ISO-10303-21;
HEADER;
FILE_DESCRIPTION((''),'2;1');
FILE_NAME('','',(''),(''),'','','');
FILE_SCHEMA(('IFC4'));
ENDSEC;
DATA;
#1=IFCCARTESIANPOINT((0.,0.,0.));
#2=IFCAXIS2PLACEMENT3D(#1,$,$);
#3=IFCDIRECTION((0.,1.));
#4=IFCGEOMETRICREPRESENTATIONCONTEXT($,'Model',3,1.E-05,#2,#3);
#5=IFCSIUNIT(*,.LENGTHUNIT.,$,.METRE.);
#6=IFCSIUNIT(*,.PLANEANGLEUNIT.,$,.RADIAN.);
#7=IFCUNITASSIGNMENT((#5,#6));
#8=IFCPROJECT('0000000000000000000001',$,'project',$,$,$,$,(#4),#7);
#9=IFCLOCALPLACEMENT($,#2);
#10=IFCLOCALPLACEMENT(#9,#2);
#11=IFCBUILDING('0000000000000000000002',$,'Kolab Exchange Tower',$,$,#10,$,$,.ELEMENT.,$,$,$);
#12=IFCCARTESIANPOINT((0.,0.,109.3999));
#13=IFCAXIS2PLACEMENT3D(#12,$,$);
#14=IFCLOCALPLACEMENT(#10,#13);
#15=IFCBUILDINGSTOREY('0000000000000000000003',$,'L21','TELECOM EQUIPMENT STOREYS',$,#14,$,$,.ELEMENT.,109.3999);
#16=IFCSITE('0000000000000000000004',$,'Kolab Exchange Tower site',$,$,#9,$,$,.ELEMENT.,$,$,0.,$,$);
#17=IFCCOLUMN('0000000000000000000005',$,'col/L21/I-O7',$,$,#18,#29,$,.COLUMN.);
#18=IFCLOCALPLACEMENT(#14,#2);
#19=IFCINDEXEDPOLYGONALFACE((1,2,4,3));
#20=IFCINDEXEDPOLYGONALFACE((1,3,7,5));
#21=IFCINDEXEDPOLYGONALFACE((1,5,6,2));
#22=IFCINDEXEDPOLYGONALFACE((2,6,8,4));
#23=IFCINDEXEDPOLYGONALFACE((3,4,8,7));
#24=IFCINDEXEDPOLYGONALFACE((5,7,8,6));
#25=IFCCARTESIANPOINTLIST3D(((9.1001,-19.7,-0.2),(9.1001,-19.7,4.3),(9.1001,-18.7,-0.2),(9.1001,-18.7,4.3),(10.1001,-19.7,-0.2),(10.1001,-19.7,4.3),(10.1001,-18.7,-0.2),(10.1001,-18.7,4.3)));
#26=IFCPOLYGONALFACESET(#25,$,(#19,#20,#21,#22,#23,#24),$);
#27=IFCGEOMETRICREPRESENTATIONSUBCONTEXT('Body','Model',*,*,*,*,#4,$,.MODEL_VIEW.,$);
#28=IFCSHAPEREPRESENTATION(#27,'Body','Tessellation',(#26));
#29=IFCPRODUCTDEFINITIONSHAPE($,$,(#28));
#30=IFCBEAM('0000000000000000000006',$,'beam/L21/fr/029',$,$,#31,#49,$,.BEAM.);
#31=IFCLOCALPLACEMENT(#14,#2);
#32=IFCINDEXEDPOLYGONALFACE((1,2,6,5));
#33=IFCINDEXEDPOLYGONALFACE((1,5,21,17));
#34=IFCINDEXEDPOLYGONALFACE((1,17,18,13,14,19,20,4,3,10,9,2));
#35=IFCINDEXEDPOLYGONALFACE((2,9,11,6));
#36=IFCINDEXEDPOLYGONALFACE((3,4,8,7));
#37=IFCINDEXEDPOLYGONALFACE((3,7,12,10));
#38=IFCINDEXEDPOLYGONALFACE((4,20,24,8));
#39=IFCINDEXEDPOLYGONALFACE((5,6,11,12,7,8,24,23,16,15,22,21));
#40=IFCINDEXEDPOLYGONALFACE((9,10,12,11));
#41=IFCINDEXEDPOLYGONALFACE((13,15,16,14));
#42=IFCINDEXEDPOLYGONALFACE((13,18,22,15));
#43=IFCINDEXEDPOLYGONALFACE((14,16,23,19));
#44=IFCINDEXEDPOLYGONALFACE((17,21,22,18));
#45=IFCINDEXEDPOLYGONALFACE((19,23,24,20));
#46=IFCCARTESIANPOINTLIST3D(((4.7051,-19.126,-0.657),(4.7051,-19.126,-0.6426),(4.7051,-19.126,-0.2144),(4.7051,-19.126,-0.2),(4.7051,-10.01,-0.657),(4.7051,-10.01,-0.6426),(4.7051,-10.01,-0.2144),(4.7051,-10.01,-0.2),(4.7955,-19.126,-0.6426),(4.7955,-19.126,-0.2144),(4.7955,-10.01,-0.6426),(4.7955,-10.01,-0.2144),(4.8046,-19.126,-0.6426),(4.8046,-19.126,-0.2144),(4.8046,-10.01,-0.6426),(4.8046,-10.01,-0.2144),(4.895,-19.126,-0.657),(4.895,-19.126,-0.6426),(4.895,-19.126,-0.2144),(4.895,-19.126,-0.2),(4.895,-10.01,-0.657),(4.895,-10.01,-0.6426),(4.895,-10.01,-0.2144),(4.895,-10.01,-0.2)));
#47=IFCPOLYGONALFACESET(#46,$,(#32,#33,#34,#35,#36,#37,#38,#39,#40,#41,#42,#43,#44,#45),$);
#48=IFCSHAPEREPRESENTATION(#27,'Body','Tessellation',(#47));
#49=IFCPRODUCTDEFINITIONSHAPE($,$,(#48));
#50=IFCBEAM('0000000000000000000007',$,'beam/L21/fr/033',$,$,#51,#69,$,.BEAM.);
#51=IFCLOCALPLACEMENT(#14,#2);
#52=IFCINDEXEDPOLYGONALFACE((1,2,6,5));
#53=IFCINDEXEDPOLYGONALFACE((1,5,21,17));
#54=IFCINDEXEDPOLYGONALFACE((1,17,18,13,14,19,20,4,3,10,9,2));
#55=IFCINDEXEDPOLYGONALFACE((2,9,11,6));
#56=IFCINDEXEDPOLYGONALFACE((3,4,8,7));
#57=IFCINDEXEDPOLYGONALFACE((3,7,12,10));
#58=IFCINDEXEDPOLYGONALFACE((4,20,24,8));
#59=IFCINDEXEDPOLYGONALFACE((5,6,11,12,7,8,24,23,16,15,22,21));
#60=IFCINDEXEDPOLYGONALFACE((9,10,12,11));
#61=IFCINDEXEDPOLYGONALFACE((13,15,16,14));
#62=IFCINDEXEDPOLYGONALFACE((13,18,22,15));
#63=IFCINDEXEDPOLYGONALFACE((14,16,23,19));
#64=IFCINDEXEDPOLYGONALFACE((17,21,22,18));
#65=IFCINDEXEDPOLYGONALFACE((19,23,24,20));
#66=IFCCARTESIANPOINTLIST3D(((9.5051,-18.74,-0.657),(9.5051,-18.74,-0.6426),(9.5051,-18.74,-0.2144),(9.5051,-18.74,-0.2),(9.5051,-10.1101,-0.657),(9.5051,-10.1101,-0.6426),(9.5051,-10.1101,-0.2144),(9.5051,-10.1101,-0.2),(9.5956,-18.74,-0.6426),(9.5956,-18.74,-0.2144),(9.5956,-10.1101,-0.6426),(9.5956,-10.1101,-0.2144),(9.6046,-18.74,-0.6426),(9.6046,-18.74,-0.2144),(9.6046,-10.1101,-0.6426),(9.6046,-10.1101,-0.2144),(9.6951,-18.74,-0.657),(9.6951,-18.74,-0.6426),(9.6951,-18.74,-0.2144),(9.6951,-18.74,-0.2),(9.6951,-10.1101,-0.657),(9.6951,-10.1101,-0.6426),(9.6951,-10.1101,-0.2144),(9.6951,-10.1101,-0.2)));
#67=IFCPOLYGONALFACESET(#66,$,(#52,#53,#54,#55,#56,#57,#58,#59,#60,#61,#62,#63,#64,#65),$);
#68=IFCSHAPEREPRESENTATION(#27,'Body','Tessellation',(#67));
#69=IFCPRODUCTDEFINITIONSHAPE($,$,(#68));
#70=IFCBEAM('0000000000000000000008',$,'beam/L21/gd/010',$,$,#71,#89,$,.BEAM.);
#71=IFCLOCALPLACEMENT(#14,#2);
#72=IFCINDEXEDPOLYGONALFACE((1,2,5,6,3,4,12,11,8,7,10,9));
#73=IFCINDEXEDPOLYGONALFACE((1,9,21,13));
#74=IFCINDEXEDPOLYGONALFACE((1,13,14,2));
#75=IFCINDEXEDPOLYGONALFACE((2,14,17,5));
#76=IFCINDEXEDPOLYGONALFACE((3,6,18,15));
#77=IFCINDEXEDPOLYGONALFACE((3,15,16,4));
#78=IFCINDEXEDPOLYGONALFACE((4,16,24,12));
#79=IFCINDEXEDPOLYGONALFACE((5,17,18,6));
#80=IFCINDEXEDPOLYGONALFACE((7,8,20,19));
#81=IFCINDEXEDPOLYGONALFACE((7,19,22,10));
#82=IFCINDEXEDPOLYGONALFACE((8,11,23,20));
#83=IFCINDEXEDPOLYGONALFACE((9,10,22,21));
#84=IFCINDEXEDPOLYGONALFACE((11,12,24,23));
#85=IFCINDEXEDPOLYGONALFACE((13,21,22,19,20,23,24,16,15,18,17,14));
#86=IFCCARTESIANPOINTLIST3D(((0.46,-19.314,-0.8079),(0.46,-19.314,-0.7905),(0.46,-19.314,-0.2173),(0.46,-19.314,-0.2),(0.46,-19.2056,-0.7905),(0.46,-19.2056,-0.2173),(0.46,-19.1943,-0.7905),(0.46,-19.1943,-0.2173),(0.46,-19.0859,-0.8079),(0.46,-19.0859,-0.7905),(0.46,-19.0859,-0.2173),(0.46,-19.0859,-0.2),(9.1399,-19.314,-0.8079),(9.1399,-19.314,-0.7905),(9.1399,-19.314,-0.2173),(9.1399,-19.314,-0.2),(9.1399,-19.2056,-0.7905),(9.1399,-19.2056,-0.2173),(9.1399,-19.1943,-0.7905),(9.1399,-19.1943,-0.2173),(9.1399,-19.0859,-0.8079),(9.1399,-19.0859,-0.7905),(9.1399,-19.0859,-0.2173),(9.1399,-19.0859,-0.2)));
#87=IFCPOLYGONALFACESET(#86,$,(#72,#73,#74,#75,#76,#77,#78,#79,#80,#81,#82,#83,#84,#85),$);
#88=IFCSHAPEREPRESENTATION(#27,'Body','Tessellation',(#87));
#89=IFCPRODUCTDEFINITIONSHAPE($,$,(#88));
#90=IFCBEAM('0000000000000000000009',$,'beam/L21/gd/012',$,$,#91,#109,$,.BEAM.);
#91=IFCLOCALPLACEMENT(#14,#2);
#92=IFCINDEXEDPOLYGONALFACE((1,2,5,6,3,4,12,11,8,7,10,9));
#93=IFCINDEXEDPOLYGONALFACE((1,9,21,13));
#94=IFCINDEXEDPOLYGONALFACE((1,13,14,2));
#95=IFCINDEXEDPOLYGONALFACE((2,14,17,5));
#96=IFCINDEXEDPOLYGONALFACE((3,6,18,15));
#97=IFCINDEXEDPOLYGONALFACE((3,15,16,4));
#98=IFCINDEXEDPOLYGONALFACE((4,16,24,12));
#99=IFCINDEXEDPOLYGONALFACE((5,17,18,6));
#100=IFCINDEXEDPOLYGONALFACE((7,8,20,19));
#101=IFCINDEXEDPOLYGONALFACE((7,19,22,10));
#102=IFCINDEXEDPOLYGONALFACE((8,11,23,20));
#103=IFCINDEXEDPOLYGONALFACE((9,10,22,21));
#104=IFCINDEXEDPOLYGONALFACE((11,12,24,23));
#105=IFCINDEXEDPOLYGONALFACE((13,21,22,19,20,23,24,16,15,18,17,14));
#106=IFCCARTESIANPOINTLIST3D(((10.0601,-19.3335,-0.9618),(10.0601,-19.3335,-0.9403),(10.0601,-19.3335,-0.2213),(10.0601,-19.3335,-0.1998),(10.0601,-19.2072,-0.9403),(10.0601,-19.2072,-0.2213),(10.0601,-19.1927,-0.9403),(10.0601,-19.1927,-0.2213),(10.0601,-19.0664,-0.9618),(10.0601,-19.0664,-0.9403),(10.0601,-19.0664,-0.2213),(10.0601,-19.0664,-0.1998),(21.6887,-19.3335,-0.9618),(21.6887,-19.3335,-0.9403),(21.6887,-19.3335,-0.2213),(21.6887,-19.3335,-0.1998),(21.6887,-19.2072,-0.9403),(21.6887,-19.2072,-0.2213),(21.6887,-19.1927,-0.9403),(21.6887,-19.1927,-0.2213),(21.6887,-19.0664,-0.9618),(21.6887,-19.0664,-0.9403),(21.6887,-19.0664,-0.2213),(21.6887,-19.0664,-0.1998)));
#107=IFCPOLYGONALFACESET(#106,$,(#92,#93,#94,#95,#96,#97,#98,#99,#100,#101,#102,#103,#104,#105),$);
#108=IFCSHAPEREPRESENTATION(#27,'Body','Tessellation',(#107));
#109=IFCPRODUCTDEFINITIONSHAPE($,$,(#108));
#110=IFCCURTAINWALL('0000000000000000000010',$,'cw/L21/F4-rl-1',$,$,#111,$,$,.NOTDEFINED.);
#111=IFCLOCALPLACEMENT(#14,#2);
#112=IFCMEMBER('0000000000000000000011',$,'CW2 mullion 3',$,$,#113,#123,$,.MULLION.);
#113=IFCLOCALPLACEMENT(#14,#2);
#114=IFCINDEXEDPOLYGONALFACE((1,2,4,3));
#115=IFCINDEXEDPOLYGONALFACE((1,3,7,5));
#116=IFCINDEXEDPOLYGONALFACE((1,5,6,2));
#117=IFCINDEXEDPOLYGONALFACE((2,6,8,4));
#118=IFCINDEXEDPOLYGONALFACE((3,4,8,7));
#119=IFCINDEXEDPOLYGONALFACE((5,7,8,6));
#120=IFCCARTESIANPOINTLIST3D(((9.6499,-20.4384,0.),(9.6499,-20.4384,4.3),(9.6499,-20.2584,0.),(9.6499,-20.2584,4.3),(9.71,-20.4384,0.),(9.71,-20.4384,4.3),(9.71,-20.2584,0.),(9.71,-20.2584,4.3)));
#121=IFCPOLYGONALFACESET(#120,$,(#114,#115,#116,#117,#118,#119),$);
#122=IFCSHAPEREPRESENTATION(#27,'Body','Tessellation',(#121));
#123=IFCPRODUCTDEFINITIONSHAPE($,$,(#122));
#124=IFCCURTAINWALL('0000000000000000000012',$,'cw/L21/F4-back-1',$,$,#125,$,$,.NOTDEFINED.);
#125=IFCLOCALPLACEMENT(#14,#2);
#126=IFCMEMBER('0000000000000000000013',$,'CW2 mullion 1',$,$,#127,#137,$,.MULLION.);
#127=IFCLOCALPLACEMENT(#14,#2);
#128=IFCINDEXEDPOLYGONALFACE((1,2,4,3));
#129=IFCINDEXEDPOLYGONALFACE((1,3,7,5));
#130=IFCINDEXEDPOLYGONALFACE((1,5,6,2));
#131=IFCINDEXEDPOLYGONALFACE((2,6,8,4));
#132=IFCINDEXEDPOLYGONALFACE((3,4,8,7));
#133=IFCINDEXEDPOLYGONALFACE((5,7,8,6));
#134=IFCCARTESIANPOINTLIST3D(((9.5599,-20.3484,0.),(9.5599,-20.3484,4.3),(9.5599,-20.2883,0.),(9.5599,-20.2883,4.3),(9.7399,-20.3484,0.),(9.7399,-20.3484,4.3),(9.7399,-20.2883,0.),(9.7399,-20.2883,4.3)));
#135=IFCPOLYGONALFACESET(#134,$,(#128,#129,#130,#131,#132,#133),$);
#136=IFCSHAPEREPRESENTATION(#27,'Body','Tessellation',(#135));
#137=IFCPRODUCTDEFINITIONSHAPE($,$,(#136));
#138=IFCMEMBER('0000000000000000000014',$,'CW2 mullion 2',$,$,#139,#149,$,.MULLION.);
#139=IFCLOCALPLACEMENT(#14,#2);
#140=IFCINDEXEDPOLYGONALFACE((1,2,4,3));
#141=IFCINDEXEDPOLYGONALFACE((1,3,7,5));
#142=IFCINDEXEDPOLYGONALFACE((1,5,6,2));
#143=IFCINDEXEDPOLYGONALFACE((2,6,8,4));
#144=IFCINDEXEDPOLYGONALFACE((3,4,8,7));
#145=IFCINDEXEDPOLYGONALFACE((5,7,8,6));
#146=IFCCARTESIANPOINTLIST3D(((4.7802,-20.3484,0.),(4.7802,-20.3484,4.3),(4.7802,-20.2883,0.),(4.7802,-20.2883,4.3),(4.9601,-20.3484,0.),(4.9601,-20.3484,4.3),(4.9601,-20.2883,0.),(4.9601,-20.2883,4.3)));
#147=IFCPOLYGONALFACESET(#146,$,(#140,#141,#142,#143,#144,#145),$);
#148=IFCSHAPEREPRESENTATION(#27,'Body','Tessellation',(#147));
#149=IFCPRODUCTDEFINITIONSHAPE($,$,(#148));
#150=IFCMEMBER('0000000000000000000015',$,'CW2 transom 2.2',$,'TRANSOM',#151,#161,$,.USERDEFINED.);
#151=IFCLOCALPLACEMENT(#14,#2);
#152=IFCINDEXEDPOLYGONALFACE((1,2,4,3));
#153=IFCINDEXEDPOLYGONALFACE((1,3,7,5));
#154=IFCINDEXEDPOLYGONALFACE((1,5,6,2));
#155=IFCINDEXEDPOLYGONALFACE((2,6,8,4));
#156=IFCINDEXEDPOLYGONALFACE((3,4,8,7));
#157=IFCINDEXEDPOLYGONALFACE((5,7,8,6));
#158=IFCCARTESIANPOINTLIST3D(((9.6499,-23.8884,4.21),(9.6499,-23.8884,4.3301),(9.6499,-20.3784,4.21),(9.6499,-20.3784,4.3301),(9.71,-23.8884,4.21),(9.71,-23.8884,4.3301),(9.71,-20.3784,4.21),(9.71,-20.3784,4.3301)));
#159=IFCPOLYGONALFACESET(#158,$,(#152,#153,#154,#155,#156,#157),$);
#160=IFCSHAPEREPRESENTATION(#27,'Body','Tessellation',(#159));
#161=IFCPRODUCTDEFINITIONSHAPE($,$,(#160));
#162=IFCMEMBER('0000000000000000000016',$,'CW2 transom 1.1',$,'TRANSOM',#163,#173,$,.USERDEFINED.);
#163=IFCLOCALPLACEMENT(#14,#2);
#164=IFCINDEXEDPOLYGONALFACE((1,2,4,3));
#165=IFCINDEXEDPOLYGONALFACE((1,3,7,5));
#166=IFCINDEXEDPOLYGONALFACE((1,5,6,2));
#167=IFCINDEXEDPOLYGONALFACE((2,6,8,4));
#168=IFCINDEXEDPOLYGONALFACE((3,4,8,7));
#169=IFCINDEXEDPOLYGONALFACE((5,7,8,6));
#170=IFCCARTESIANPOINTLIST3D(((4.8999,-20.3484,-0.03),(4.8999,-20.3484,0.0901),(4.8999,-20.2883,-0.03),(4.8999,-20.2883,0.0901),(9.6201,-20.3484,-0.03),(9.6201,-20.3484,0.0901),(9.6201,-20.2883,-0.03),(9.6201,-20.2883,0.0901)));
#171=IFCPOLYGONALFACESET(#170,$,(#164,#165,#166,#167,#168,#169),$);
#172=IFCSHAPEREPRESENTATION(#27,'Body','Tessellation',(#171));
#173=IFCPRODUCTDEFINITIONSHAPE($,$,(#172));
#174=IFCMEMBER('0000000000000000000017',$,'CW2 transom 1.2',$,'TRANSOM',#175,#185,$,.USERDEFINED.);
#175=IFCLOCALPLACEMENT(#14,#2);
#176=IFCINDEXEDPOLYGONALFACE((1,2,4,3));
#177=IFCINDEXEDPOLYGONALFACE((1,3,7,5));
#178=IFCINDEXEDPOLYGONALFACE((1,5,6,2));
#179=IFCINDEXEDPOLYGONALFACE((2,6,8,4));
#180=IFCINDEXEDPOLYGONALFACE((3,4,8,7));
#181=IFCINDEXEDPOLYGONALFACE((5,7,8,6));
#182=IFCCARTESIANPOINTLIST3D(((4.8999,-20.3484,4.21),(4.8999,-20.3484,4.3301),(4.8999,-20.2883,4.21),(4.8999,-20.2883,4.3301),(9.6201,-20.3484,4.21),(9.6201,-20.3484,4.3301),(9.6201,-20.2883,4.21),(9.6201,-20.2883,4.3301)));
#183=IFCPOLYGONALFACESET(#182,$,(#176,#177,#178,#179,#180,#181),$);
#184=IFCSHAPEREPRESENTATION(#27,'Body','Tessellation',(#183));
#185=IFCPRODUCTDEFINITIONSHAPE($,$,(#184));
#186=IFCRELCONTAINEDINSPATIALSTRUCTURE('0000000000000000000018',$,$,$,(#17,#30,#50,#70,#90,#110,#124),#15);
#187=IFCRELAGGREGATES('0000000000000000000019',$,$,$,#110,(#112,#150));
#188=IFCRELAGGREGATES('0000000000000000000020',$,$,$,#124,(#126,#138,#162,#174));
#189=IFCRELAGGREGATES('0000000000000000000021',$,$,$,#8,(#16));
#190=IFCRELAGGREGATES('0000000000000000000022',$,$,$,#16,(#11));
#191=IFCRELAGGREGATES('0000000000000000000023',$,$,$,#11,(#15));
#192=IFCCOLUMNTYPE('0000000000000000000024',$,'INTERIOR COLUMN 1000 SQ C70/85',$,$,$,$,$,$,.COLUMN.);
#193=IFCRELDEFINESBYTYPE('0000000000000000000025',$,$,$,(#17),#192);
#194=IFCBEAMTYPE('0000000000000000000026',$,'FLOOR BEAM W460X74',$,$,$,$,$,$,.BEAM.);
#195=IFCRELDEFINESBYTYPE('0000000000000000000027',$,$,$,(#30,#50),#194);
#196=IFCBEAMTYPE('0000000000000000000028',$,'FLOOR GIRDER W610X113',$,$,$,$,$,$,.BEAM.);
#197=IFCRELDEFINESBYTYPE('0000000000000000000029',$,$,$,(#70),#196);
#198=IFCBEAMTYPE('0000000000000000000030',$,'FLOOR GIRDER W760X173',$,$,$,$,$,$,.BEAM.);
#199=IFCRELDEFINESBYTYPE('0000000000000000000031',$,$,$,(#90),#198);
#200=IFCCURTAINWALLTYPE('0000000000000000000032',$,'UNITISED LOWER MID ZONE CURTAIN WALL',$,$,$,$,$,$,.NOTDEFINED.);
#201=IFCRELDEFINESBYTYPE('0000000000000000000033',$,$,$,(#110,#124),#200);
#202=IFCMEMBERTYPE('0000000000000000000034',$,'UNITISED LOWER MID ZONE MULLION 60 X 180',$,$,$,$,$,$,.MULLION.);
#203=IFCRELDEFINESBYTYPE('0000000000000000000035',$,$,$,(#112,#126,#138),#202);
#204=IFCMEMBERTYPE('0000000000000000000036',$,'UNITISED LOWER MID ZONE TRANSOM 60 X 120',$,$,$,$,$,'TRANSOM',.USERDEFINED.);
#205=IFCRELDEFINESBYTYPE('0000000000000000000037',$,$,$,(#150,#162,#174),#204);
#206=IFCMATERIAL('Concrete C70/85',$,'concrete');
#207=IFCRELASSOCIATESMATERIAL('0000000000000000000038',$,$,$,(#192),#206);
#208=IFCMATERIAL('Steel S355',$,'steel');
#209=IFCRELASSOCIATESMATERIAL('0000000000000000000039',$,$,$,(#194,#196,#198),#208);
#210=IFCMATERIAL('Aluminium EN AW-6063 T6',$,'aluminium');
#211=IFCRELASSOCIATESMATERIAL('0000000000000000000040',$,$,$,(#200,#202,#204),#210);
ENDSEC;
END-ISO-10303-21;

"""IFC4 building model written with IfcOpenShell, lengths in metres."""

from ifc_helpers import new_model, si_unit, direction, frame, origin, origin_2d, place, context, subcontext, project, spatial, rectangle, i_section, extrude, material, material_profile, profile_set, type_object, element, aggregate, save


model = new_model("IFC4")

# Units and contexts
model_context = context("Model", 3, precision=1e-05, world=origin(), true_north=direction((0.0, 1.0)))
body_context = subcontext(model_context, "Body", "Model", "MODEL_VIEW")
ifc_project = project(units=[si_unit("LENGTHUNIT", "METRE"), si_unit("PLANEANGLEUNIT", "RADIAN")], contexts=[model_context])

# Site, building, storey
site_placement = place(None, origin())
site = spatial("IfcSite", under=ifc_project, at=site_placement, Name="Kolab Exchange Tower site", CompositionType="ELEMENT", RefElevation=0.0)
building_placement = place(site_placement, origin())
building = spatial("IfcBuilding", under=site, at=building_placement, Name="Kolab Exchange Tower", CompositionType="ELEMENT")
storey_placement = place(building_placement, frame((0.0, 0.0, 109.3999)))
storey = spatial("IfcBuildingStorey", under=building, at=storey_placement, Name="L21", Description="TELECOM EQUIPMENT STOREYS", CompositionType="ELEMENT", Elevation=109.3999)

# Column
ifc_material_1 = material(Name="Concrete C70/85", Category="concrete")
ifc_material_profile_1 = material_profile(ifc_material_1, rectangle(XDim=1.0, YDim=1.0, at=origin_2d()), Name="RC1000")
ifc_profile_set_1 = profile_set([ifc_material_profile_1], Name="Concrete C70/85")
column_type = type_object("IfcColumnType", Name="INTERIOR COLUMN 1000 SQ C70/85", PredefinedType="COLUMN", material=ifc_profile_set_1)
column_placement = place(storey_placement, frame((9.6001, -19.2, -0.2), z_axis=(0.0, 0.0, 1.0), x_axis=(1.0, 0.0, 0.0)))
element("IfcColumn", 1, at=column_placement, inside=storey, type_object=column_type, Name="col/L21/I-O7", PredefinedType="COLUMN", context=body_context, shape_type="SweptSolid", body=[
    extrude(rectangle(XDim=1.0, YDim=1.0, at=origin_2d()), origin(), (0.0, 0.0, 1.0), 4.5),
])

# Beams
ifc_material_2 = material(Name="Steel S355", Category="steel")
ifc_material_profile_2 = material_profile(ifc_material_2, i_section(OverallWidth=0.1899, OverallDepth=0.457, WebThickness=0.009, FlangeThickness=0.0144, at=origin_2d()), Name="W460X74")
ifc_profile_set_2 = profile_set([ifc_material_profile_2], Name="Steel S355")
beam_type_1 = type_object("IfcBeamType", Name="FLOOR BEAM W460X74", PredefinedType="BEAM", material=ifc_profile_set_2)
beam_1_placement = place(storey_placement, frame((4.8, -19.126, -0.4285), z_axis=(0.0, 1.0, 0.0), x_axis=(-1.0, 0.0, 0.0)))
element("IfcBeam", 2, at=beam_1_placement, inside=storey, type_object=beam_type_1, Name="beam/L21/fr/029", PredefinedType="BEAM", context=body_context, shape_type="SweptSolid", body=[
    extrude(i_section(OverallWidth=0.1899, OverallDepth=0.457, WebThickness=0.009, FlangeThickness=0.0144, at=origin_2d()), origin(), (0.0, 0.0, 1.0), 9.116),
])
beam_2_placement = place(storey_placement, frame((9.6001, -18.74, -0.4285), z_axis=(0.0, 1.0, 0.0), x_axis=(-1.0, 0.0, 0.0)))
element("IfcBeam", 3, at=beam_2_placement, inside=storey, type_object=beam_type_1, Name="beam/L21/fr/033", PredefinedType="BEAM", context=body_context, shape_type="SweptSolid", body=[
    extrude(i_section(OverallWidth=0.1899, OverallDepth=0.457, WebThickness=0.009, FlangeThickness=0.0144, at=origin_2d()), origin(), (0.0, 0.0, 1.0), 8.6299),
])
ifc_material_profile_3 = material_profile(ifc_material_2, i_section(OverallWidth=0.228, OverallDepth=0.6079, WebThickness=0.0112, FlangeThickness=0.0173, at=origin_2d()), Name="W610X113")
ifc_profile_set_3 = profile_set([ifc_material_profile_3], Name="Steel S355")
beam_type_2 = type_object("IfcBeamType", Name="FLOOR GIRDER W610X113", PredefinedType="BEAM", material=ifc_profile_set_3)
beam_3_placement = place(storey_placement, frame((0.46, -19.2, -0.5039), z_axis=(1.0, 0.0, 0.0), x_axis=(0.0, 1.0, 0.0)))
element("IfcBeam", 4, at=beam_3_placement, inside=storey, type_object=beam_type_2, Name="beam/L21/gd/010", PredefinedType="BEAM", context=body_context, shape_type="SweptSolid", body=[
    extrude(i_section(OverallWidth=0.228, OverallDepth=0.6079, WebThickness=0.0112, FlangeThickness=0.0173, at=origin_2d()), origin(), (0.0, 0.0, 1.0), 8.6799),
])
ifc_material_profile_4 = material_profile(ifc_material_2, i_section(OverallWidth=0.2671, OverallDepth=0.762, WebThickness=0.0144, FlangeThickness=0.0215, at=origin_2d()), Name="W760X173")
ifc_profile_set_4 = profile_set([ifc_material_profile_4], Name="Steel S355")
beam_type_3 = type_object("IfcBeamType", Name="FLOOR GIRDER W760X173", PredefinedType="BEAM", material=ifc_profile_set_4)
beam_4_placement = place(storey_placement, frame((10.0601, -19.2, -0.5808), z_axis=(1.0, 0.0, 0.0), x_axis=(0.0, 1.0, 0.0)))
element("IfcBeam", 5, at=beam_4_placement, inside=storey, type_object=beam_type_3, Name="beam/L21/gd/012", PredefinedType="BEAM", context=body_context, shape_type="SweptSolid", body=[
    extrude(i_section(OverallWidth=0.2671, OverallDepth=0.762, WebThickness=0.0144, FlangeThickness=0.0215, at=origin_2d()), origin(), (0.0, 0.0, 1.0), 11.6287),
])

# Curtain wall, member
ifc_material_3 = material(Name="Aluminium EN AW-6063 T6", Category="aluminium")
curtain_wall_type = type_object("IfcCurtainWallType", Name="UNITISED LOWER MID ZONE CURTAIN WALL", PredefinedType="NOTDEFINED", material=ifc_material_3)
curtain_wall_1_placement = place(storey_placement, origin())
curtain_wall_1 = element("IfcCurtainWall", 6, at=curtain_wall_1_placement, inside=storey, type_object=curtain_wall_type, Name="cw/L21/F4-rl-1", PredefinedType="NOTDEFINED")
ifc_material_profile_5 = material_profile(ifc_material_3, rectangle(XDim=0.0601, YDim=0.1799, at=origin_2d()), Name="RECT 60X180")
ifc_profile_set_5 = profile_set([ifc_material_profile_5], Name="Aluminium EN AW-6063 T6")
member_type_1 = type_object("IfcMemberType", Name="UNITISED LOWER MID ZONE MULLION 60 X 180", PredefinedType="MULLION", material=ifc_profile_set_5)
member_1_placement = place(storey_placement, frame((9.6799, -20.3484, 0.0), z_axis=(0.0, 0.0, 1.0), x_axis=(-1.0, 0.0, 0.0)))
member_1 = element("IfcMember", 7, at=member_1_placement, type_object=member_type_1, Name="CW2 mullion 3", PredefinedType="MULLION", context=body_context, shape_type="SweptSolid", body=[
    extrude(rectangle(XDim=0.0601, YDim=0.1799, at=origin_2d()), origin(), (0.0, 0.0, 1.0), 4.3),
])

# Curtain wall, members
curtain_wall_2_placement = place(storey_placement, origin())
curtain_wall_2 = element("IfcCurtainWall", 8, at=curtain_wall_2_placement, inside=storey, type_object=curtain_wall_type, Name="cw/L21/F4-back-1", PredefinedType="NOTDEFINED")
member_2_placement = place(storey_placement, frame((9.6499, -20.3184, 0.0), z_axis=(0.0, 0.0, 1.0), x_axis=(0.0, -1.0, 0.0)))
member_2 = element("IfcMember", 9, at=member_2_placement, type_object=member_type_1, Name="CW2 mullion 1", PredefinedType="MULLION", context=body_context, shape_type="SweptSolid", body=[
    extrude(rectangle(XDim=0.0601, YDim=0.1799, at=origin_2d()), origin(), (0.0, 0.0, 1.0), 4.3),
])
member_3_placement = place(storey_placement, frame((4.8701, -20.3184, 0.0), z_axis=(0.0, 0.0, 1.0), x_axis=(0.0, -1.0, 0.0)))
member_3 = element("IfcMember", 10, at=member_3_placement, type_object=member_type_1, Name="CW2 mullion 2", PredefinedType="MULLION", context=body_context, shape_type="SweptSolid", body=[
    extrude(rectangle(XDim=0.0601, YDim=0.1799, at=origin_2d()), origin(), (0.0, 0.0, 1.0), 4.3),
])

# Members
ifc_material_profile_6 = material_profile(ifc_material_3, rectangle(XDim=0.0601, YDim=0.1201, at=origin_2d()), Name="RECT 60X120")
ifc_profile_set_6 = profile_set([ifc_material_profile_6], Name="Aluminium EN AW-6063 T6")
member_type_2 = type_object("IfcMemberType", Name="UNITISED LOWER MID ZONE TRANSOM 60 X 120", ElementType="TRANSOM", PredefinedType="USERDEFINED", material=ifc_profile_set_6)
member_4_placement = place(storey_placement, frame((9.6799, -23.8884, 4.27), z_axis=(0.0, 1.0, 0.0), x_axis=(-1.0, 0.0, 0.0)))
member_4 = element("IfcMember", 11, at=member_4_placement, type_object=member_type_2, Name="CW2 transom 2.2", ObjectType="TRANSOM", PredefinedType="USERDEFINED", context=body_context, shape_type="SweptSolid", body=[
    extrude(rectangle(XDim=0.0601, YDim=0.1201, at=origin_2d()), origin(), (0.0, 0.0, 1.0), 3.51),
])
member_5_placement = place(storey_placement, frame((9.6201, -20.3184, 0.03), z_axis=(-1.0, 0.0, 0.0), x_axis=(0.0, -1.0, 0.0)))
member_5 = element("IfcMember", 12, at=member_5_placement, type_object=member_type_2, Name="CW2 transom 1.1", ObjectType="TRANSOM", PredefinedType="USERDEFINED", context=body_context, shape_type="SweptSolid", body=[
    extrude(rectangle(XDim=0.0601, YDim=0.1201, at=origin_2d()), origin(), (0.0, 0.0, 1.0), 4.7202),
])
member_6_placement = place(storey_placement, frame((9.6201, -20.3184, 4.27), z_axis=(-1.0, 0.0, 0.0), x_axis=(0.0, -1.0, 0.0)))
member_6 = element("IfcMember", 13, at=member_6_placement, type_object=member_type_2, Name="CW2 transom 1.2", ObjectType="TRANSOM", PredefinedType="USERDEFINED", context=body_context, shape_type="SweptSolid", body=[
    extrude(rectangle(XDim=0.0601, YDim=0.1201, at=origin_2d()), origin(), (0.0, 0.0, 1.0), 4.7202),
])

aggregate(curtain_wall_1, [member_1, member_4])
aggregate(curtain_wall_2, [member_2, member_3, member_5, member_6])

save(model, "model.ifc")
